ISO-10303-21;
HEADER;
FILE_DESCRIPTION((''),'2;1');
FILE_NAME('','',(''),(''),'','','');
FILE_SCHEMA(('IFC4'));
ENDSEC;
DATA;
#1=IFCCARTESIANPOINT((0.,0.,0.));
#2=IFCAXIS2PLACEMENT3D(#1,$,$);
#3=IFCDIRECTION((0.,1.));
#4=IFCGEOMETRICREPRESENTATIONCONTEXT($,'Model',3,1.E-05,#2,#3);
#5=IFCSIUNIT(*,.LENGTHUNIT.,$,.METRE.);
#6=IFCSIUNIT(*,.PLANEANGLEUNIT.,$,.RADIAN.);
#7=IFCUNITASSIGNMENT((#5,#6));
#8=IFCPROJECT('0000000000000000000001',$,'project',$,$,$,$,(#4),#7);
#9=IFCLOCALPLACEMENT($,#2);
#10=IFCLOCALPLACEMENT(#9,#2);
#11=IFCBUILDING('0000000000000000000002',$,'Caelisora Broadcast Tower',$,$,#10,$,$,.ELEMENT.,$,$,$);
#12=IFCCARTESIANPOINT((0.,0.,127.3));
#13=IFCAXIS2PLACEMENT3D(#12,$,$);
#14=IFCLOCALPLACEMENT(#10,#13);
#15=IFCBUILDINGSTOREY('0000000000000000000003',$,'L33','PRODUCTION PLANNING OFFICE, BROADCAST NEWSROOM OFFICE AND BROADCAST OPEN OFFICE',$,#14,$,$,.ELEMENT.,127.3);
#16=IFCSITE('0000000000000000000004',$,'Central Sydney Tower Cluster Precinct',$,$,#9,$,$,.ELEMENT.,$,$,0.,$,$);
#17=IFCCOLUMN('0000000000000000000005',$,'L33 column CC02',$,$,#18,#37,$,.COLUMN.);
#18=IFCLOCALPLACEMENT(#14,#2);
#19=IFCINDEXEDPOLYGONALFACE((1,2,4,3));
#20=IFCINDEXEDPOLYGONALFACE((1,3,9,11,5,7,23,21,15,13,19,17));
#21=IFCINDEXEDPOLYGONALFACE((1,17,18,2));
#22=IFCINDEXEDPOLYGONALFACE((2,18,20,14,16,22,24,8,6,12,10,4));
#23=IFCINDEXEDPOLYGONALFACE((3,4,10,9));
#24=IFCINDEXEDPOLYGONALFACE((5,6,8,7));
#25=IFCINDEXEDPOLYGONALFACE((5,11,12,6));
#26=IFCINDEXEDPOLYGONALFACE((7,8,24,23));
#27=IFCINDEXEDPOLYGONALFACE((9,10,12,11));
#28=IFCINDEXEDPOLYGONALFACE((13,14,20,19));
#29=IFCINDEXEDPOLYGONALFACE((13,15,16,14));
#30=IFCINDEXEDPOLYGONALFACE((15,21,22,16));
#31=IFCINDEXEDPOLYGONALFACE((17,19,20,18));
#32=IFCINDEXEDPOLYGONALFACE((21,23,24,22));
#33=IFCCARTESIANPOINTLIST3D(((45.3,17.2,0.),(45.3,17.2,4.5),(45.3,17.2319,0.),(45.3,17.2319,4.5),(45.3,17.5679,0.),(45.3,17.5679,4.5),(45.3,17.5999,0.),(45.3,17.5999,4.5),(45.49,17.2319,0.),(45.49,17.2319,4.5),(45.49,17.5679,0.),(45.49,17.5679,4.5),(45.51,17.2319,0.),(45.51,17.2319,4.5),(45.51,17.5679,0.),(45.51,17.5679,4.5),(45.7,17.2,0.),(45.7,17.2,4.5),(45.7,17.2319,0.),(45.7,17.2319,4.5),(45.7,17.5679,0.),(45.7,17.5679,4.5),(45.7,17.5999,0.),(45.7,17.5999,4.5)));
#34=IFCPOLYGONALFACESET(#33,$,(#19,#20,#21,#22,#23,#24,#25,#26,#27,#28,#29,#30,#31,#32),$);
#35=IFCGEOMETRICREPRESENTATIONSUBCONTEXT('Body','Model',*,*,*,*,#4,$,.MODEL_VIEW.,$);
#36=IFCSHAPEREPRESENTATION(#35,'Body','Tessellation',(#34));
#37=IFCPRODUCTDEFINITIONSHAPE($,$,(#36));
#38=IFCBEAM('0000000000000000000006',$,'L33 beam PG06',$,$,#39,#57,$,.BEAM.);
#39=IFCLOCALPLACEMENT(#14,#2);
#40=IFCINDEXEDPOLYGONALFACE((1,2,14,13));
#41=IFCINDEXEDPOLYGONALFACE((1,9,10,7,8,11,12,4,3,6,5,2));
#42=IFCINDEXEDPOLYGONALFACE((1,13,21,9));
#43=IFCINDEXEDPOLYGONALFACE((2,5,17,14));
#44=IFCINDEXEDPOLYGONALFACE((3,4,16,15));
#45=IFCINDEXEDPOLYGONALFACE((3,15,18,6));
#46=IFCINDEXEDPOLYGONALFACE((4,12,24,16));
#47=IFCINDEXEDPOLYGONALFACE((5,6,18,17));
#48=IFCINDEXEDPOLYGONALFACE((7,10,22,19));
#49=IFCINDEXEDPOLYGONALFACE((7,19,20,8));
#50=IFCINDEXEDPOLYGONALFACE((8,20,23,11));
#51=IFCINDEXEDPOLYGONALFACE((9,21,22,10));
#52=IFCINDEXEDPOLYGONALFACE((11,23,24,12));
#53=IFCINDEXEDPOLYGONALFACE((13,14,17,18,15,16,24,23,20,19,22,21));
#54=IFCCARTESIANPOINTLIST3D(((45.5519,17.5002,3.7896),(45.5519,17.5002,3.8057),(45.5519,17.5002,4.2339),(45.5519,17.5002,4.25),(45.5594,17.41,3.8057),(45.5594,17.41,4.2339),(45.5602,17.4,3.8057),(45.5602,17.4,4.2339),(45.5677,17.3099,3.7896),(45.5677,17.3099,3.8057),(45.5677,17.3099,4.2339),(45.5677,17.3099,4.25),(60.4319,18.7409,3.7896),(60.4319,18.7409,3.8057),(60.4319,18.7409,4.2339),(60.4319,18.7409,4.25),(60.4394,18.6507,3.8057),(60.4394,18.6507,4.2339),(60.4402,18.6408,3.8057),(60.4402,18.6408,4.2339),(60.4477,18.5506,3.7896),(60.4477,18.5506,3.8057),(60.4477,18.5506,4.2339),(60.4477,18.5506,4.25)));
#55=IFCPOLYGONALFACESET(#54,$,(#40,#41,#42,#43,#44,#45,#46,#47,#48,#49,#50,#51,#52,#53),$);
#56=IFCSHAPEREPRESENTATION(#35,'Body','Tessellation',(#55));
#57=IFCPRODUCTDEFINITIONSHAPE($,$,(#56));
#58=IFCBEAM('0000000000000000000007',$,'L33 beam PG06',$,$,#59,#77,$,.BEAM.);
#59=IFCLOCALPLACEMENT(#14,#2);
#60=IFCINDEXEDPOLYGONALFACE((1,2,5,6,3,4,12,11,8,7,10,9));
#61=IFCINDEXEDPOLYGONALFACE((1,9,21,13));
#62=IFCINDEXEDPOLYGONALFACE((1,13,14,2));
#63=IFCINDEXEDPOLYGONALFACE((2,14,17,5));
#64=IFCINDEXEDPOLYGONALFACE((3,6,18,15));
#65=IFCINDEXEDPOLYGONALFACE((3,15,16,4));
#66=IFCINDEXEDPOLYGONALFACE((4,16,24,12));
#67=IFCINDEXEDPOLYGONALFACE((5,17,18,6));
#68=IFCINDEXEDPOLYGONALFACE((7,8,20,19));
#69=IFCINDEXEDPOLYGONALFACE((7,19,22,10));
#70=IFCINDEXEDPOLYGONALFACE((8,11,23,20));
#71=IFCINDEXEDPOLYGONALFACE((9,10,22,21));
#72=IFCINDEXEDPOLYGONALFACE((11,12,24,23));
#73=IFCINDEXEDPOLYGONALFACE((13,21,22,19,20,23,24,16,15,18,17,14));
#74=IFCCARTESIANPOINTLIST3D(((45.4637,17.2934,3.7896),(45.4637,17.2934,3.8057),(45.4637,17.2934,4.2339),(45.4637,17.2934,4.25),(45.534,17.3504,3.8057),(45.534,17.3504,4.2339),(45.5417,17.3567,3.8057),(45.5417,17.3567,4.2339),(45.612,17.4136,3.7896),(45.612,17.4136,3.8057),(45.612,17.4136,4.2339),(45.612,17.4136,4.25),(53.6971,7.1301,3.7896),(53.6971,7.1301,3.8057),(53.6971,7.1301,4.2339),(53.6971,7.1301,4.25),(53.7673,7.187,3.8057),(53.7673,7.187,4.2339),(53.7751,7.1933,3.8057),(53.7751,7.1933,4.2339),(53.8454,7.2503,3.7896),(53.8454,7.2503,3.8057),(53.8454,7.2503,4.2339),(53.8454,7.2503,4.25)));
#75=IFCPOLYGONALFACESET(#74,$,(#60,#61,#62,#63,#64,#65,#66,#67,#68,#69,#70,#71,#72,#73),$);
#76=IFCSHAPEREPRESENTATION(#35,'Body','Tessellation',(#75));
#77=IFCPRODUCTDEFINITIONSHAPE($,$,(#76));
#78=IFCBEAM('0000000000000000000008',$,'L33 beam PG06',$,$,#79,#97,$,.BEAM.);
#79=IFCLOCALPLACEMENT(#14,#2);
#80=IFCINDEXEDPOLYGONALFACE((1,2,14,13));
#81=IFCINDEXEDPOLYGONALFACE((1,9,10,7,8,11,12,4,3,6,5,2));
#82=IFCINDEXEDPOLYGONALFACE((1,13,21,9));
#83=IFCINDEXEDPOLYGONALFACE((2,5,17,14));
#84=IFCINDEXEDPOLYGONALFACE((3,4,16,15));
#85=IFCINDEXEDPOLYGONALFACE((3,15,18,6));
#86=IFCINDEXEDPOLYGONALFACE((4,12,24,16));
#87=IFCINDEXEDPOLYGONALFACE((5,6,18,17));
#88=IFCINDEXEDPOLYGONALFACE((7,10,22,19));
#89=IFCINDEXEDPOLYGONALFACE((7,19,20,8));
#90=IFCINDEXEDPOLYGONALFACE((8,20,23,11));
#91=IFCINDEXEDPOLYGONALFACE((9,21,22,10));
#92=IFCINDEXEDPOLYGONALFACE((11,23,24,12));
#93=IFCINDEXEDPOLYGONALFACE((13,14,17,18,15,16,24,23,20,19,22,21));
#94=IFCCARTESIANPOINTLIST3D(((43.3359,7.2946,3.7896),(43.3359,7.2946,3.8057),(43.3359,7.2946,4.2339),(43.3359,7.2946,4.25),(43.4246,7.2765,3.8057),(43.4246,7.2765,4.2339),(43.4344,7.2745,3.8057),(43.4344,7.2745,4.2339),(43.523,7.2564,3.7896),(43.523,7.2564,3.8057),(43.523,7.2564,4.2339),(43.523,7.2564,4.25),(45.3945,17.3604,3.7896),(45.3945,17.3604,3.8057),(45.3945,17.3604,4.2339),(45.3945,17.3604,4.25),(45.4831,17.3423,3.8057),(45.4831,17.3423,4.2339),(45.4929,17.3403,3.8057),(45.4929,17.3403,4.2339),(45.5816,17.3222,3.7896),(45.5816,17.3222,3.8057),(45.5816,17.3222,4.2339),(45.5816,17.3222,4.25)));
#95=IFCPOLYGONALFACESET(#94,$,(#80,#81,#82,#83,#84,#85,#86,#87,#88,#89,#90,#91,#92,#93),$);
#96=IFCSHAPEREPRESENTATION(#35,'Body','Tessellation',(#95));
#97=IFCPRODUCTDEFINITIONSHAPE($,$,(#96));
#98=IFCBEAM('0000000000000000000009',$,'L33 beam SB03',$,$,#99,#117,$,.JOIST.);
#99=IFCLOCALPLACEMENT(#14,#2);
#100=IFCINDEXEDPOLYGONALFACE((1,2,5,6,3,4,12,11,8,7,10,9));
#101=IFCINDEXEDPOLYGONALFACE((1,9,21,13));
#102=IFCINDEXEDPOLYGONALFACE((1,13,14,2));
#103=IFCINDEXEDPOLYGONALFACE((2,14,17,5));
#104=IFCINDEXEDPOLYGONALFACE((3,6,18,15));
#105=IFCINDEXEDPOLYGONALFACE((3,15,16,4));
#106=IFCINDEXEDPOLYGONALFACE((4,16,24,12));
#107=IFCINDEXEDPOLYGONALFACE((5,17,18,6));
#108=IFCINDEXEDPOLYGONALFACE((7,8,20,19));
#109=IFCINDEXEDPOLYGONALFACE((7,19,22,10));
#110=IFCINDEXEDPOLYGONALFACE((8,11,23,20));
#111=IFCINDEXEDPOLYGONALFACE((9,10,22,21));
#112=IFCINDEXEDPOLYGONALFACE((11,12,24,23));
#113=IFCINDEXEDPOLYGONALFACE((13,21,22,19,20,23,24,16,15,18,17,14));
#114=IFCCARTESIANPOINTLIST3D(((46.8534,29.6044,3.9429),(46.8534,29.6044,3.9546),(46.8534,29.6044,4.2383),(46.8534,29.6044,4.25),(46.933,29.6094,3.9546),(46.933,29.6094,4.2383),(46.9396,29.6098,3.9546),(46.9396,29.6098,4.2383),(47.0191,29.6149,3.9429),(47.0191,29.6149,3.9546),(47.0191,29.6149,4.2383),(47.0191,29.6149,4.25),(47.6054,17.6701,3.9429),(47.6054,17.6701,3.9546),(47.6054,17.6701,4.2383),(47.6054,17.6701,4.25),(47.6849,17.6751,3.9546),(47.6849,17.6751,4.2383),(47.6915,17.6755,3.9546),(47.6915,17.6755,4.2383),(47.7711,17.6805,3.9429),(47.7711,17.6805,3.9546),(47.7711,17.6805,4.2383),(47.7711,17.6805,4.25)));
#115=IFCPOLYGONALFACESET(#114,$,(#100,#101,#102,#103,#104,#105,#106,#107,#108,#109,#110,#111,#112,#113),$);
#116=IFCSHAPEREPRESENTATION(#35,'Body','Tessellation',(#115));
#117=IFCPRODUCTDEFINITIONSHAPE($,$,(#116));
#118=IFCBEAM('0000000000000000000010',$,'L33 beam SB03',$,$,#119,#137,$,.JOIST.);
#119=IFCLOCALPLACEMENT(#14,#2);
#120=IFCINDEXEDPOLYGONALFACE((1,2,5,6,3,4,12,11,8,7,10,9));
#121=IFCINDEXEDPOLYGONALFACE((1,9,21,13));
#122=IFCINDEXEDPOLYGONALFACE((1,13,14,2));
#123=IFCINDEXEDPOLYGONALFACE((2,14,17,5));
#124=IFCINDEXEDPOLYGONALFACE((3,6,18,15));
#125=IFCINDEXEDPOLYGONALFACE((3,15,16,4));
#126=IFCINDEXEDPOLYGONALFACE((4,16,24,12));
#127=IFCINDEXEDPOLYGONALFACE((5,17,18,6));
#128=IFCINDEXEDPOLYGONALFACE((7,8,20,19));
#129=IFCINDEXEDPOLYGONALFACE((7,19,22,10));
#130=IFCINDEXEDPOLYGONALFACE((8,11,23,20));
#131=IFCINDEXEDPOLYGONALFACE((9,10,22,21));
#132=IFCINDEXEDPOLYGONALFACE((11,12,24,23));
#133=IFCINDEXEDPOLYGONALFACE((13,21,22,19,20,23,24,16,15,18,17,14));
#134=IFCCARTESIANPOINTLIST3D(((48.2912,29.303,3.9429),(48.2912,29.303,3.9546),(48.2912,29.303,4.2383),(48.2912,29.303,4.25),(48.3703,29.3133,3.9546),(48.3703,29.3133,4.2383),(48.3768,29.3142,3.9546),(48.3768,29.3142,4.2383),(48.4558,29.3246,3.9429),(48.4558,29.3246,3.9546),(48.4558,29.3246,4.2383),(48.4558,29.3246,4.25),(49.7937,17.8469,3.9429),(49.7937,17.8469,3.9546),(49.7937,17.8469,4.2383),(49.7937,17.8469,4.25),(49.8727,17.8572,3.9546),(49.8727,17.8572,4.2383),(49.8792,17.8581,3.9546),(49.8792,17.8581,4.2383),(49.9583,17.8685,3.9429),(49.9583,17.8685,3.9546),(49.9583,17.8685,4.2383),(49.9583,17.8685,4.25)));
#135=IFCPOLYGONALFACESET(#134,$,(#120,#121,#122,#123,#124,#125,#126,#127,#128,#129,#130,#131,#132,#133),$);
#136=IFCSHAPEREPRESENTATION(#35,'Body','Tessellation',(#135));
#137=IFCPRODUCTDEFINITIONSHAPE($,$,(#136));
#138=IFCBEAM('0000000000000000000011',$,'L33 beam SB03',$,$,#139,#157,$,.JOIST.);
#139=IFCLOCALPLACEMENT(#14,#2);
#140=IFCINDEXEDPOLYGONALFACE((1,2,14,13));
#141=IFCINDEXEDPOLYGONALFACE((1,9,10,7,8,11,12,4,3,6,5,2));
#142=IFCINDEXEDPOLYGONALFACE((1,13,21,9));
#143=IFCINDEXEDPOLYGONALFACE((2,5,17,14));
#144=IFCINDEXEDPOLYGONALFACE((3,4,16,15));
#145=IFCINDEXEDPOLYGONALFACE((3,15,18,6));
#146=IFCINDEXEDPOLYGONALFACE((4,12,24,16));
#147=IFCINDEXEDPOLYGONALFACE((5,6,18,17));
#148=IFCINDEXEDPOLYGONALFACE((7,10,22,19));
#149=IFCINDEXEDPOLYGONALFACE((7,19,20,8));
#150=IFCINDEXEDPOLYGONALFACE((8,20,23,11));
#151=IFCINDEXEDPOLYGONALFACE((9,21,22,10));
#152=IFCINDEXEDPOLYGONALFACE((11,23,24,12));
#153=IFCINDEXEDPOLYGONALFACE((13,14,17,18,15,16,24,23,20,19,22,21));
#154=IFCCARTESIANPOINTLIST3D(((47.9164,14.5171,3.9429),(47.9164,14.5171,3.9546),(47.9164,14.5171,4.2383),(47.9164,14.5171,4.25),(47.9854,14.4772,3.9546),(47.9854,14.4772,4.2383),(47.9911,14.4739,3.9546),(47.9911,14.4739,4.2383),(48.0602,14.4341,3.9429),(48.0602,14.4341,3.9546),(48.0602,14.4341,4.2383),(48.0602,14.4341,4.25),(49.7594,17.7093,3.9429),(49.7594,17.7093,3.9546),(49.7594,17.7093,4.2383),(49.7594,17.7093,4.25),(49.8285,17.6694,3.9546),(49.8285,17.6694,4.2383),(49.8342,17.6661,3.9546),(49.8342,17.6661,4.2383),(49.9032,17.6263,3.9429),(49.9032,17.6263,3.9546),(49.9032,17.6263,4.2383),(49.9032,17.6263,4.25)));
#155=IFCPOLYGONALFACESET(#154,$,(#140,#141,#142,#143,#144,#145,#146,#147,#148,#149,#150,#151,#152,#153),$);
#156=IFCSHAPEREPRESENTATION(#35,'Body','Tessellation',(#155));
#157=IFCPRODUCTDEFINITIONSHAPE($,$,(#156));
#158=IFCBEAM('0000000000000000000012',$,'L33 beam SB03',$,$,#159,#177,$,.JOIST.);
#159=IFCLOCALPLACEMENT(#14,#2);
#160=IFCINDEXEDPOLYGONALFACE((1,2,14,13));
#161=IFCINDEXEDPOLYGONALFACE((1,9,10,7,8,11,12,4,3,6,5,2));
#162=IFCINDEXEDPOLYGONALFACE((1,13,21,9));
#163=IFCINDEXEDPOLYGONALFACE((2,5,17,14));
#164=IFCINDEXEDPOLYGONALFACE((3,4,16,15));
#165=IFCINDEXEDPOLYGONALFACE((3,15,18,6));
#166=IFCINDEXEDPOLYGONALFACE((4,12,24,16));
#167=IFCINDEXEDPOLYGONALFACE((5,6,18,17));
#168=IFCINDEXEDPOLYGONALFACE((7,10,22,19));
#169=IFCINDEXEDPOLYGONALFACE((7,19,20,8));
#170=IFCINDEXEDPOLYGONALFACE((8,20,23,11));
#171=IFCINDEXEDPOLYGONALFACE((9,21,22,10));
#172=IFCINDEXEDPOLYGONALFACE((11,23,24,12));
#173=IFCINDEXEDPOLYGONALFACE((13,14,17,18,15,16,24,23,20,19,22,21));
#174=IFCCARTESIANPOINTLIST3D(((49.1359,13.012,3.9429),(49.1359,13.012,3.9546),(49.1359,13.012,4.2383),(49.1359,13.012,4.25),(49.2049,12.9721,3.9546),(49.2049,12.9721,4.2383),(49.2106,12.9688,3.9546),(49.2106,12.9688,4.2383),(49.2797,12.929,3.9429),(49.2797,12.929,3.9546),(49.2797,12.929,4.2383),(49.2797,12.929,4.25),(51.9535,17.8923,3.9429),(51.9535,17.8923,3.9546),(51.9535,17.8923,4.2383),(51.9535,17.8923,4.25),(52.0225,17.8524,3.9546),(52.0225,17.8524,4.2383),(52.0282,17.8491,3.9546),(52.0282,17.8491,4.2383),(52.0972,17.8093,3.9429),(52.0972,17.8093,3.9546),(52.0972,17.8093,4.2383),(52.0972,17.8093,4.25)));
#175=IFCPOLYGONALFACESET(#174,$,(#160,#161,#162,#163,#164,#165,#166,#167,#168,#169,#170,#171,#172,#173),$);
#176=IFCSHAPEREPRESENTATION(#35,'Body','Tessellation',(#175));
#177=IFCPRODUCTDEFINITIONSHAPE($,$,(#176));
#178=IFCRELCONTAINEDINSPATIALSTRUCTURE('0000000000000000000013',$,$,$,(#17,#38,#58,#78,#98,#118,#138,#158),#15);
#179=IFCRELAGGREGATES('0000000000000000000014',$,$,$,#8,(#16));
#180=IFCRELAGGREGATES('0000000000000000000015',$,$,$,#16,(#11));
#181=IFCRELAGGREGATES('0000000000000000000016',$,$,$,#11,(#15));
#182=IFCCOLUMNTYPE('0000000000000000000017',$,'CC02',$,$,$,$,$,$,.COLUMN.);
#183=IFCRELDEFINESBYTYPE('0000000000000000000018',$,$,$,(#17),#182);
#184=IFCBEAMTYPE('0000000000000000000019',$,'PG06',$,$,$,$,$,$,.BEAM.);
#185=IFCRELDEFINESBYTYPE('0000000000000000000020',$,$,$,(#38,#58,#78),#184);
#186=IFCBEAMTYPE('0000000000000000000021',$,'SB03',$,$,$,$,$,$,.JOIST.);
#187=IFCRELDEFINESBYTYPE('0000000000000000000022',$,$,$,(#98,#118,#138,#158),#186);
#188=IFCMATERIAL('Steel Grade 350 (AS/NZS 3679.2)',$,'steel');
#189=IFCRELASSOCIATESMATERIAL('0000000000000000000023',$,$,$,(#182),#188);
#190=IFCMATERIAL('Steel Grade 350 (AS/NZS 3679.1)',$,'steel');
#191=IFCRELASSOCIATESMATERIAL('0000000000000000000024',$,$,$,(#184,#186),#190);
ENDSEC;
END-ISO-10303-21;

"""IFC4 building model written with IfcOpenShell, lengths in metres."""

from ifc_helpers import new_model, si_unit, direction, frame, origin, origin_2d, place, context, subcontext, project, spatial, i_section, extrude, source, transform, mapped, material, material_profile, profile_set, type_object, type_shapes, element, save


model = new_model("IFC4")

# Units and contexts
model_context = context("Model", 3, precision=1e-05, world=origin(), true_north=direction((0.0, 1.0)))
body_context = subcontext(model_context, "Body", "Model", "MODEL_VIEW")
ifc_project = project(units=[si_unit("LENGTHUNIT", "METRE"), si_unit("PLANEANGLEUNIT", "RADIAN")], contexts=[model_context])

# Site, building, storey
site_placement = place(None, origin())
site = spatial("IfcSite", under=ifc_project, at=site_placement, Name="Central Sydney Tower Cluster Precinct", CompositionType="ELEMENT", RefElevation=0.0)
building_placement = place(site_placement, origin())
building = spatial("IfcBuilding", under=site, at=building_placement, Name="Caelisora Broadcast Tower", CompositionType="ELEMENT")
storey_placement = place(building_placement, frame((0.0, 0.0, 127.3)))
storey = spatial("IfcBuildingStorey", under=building, at=storey_placement, Name="L33", Description="PRODUCTION PLANNING OFFICE, BROADCAST NEWSROOM OFFICE AND BROADCAST OPEN OFFICE", CompositionType="ELEMENT", Elevation=127.3)

# Column
ifc_material_1 = material(Name="Steel Grade 350 (AS/NZS 3679.2)", Category="steel")
ifc_material_profile_1 = material_profile(ifc_material_1, i_section(OverallWidth=0.3999, OverallDepth=0.3999, WebThickness=0.02, FlangeThickness=0.032, at=origin_2d()), Name="Steel Grade 350 (AS/NZS 3679.2)")
ifc_profile_set_1 = profile_set([ifc_material_profile_1], Name="Steel Grade 350 (AS/NZS 3679.2)")
column_type = type_object("IfcColumnType", Name="CC02", PredefinedType="COLUMN", material=ifc_profile_set_1)
shared_shape_1 = source(origin(), body_context, "Body", "SweptSolid", [
    extrude(i_section(OverallWidth=0.3999, OverallDepth=0.3999, WebThickness=0.02, FlangeThickness=0.032, at=origin_2d()), origin(), (0.0, 0.0, 1.0), 4.5),
])
type_shapes(column_type, [shared_shape_1])
column_placement = place(storey_placement, frame((45.5, 17.3999, 0.0), z_axis=(0.0, 0.0, 1.0), x_axis=(1.0, 0.0, 0.0)))
element("IfcColumn", 1, at=column_placement, inside=storey, type_object=column_type, Name="L33 column CC02", PredefinedType="COLUMN", context=body_context, shape_type="MappedRepresentation", body=[
    mapped(shared_shape_1, transform((0.0, 0.0, 0.0), scale=1.0)),
])

# Beams
ifc_material_2 = material(Name="Steel Grade 350 (AS/NZS 3679.1)", Category="steel")
ifc_material_profile_2 = material_profile(ifc_material_2, i_section(OverallWidth=0.1909, OverallDepth=0.4604, WebThickness=0.01, FlangeThickness=0.0161, at=origin_2d()), Name="Steel Grade 350 (AS/NZS 3679.1)")
ifc_profile_set_2 = profile_set([ifc_material_profile_2], Name="Steel Grade 350 (AS/NZS 3679.1)")
beam_type_1 = type_object("IfcBeamType", Name="PG06", PredefinedType="BEAM", material=ifc_profile_set_2)
shared_shape_2 = source(origin(), body_context, "Body", "SweptSolid", [
    extrude(i_section(OverallWidth=0.1909, OverallDepth=0.4604, WebThickness=0.01, FlangeThickness=0.0161, at=origin_2d()), origin(), (0.0, 0.0, 1.0), 14.9316),
])
beam_1_placement = place(storey_placement, frame((45.5598, 17.405, 4.0198), z_axis=(0.996542, 0.083094, 0.0), x_axis=(-0.083094, 0.996542, 0.0)))
element("IfcBeam", 2, at=beam_1_placement, inside=storey, type_object=beam_type_1, Name="L33 beam PG06", PredefinedType="BEAM", context=body_context, shape_type="MappedRepresentation", body=[
    mapped(shared_shape_2, transform((0.0, 0.0, 0.0), scale=1.0)),
])
shared_shape_3 = source(origin(), body_context, "Body", "SweptSolid", [
    extrude(i_section(OverallWidth=0.1909, OverallDepth=0.4604, WebThickness=0.01, FlangeThickness=0.0161, at=origin_2d()), origin(), (0.0, 0.0, 1.0), 13.0798),
])
beam_2_placement = place(storey_placement, frame((45.5378, 17.3535, 4.0198), z_axis=(0.629473, -0.777023, 0.0), x_axis=(0.777023, 0.629473, 0.0)))
element("IfcBeam", 3, at=beam_2_placement, inside=storey, type_object=beam_type_1, Name="L33 beam PG06", PredefinedType="BEAM", context=body_context, shape_type="MappedRepresentation", body=[
    mapped(shared_shape_3, transform((0.0, 0.0, 0.0), scale=1.0)),
])
shared_shape_4 = source(origin(), body_context, "Body", "SweptSolid", [
    extrude(i_section(OverallWidth=0.1909, OverallDepth=0.4604, WebThickness=0.01, FlangeThickness=0.0161, at=origin_2d()), origin(), (0.0, 0.0, 1.0), 10.2742),
])
type_shapes(beam_type_1, [shared_shape_2, shared_shape_3, shared_shape_4])
beam_3_placement = place(storey_placement, frame((45.488, 17.3413, 4.0198), z_axis=(-0.200364, -0.979722, 0.0), x_axis=(0.979722, -0.200364, 0.0)))
element("IfcBeam", 4, at=beam_3_placement, inside=storey, type_object=beam_type_1, Name="L33 beam PG06", PredefinedType="BEAM", context=body_context, shape_type="MappedRepresentation", body=[
    mapped(shared_shape_4, transform((0.0, 0.0, 0.0), scale=1.0)),
])
ifc_material_profile_3 = material_profile(ifc_material_2, i_section(OverallWidth=0.166, OverallDepth=0.3071, WebThickness=0.0066, FlangeThickness=0.0117, at=origin_2d()), Name="Steel Grade 350 (AS/NZS 3679.1)")
ifc_profile_set_3 = profile_set([ifc_material_profile_3], Name="Steel Grade 350 (AS/NZS 3679.1)")
beam_type_2 = type_object("IfcBeamType", Name="SB03", PredefinedType="JOIST", material=ifc_profile_set_3)
shared_shape_5 = source(origin(), body_context, "Body", "SweptSolid", [
    extrude(i_section(OverallWidth=0.166, OverallDepth=0.3071, WebThickness=0.0066, FlangeThickness=0.0117, at=origin_2d()), origin(), (0.0, 0.0, 1.0), 11.958),
])
beam_4_placement = place(storey_placement, frame((47.6882, 17.6753, 4.0964), z_axis=(-0.062883, 0.998021, 0.0), x_axis=(-0.998021, -0.062883, 0.0)))
element("IfcBeam", 5, at=beam_4_placement, inside=storey, type_object=beam_type_2, Name="L33 beam SB03", PredefinedType="JOIST", context=body_context, shape_type="MappedRepresentation", body=[
    mapped(shared_shape_5, transform((0.0, 0.0, 0.0), scale=1.0)),
])
shared_shape_6 = source(origin(), body_context, "Body", "SweptSolid", [
    extrude(i_section(OverallWidth=0.166, OverallDepth=0.3071, WebThickness=0.0066, FlangeThickness=0.0117, at=origin_2d()), origin(), (0.0, 0.0, 1.0), 11.5542),
])
beam_5_placement = place(storey_placement, frame((49.876, 17.8577, 4.0964), z_axis=(-0.130035, 0.991509, 0.0), x_axis=(-0.991509, -0.130035, 0.0)))
element("IfcBeam", 6, at=beam_5_placement, inside=storey, type_object=beam_type_2, Name="L33 beam SB03", PredefinedType="JOIST", context=body_context, shape_type="MappedRepresentation", body=[
    mapped(shared_shape_6, transform((0.0, 0.0, 0.0), scale=1.0)),
])
shared_shape_7 = source(origin(), body_context, "Body", "SweptSolid", [
    extrude(i_section(OverallWidth=0.166, OverallDepth=0.3071, WebThickness=0.0066, FlangeThickness=0.0117, at=origin_2d()), origin(), (0.0, 0.0, 1.0), 3.686),
])
beam_6_placement = place(storey_placement, frame((47.9883, 14.4756, 4.0964), z_axis=(0.500007, 0.866021, 0.0), x_axis=(-0.866021, 0.500007, 0.0)))
element("IfcBeam", 7, at=beam_6_placement, inside=storey, type_object=beam_type_2, Name="L33 beam SB03", PredefinedType="JOIST", context=body_context, shape_type="MappedRepresentation", body=[
    mapped(shared_shape_7, transform((0.0, 0.0, 0.0), scale=1.0)),
])
shared_shape_8 = source(origin(), body_context, "Body", "SweptSolid", [
    extrude(i_section(OverallWidth=0.166, OverallDepth=0.3071, WebThickness=0.0066, FlangeThickness=0.0117, at=origin_2d()), origin(), (0.0, 0.0, 1.0), 5.6353),
])
beam_7_placement = place(storey_placement, frame((49.2078, 12.9705, 4.0964), z_axis=(0.499992, 0.86603, 0.0), x_axis=(-0.86603, 0.499992, 0.0)))
element("IfcBeam", 8, at=beam_7_placement, inside=storey, type_object=beam_type_2, Name="L33 beam SB03", PredefinedType="JOIST", context=body_context, shape_type="MappedRepresentation", body=[
    mapped(shared_shape_8, transform((0.0, 0.0, 0.0), scale=1.0)),
])

save(model, "model.ifc")
